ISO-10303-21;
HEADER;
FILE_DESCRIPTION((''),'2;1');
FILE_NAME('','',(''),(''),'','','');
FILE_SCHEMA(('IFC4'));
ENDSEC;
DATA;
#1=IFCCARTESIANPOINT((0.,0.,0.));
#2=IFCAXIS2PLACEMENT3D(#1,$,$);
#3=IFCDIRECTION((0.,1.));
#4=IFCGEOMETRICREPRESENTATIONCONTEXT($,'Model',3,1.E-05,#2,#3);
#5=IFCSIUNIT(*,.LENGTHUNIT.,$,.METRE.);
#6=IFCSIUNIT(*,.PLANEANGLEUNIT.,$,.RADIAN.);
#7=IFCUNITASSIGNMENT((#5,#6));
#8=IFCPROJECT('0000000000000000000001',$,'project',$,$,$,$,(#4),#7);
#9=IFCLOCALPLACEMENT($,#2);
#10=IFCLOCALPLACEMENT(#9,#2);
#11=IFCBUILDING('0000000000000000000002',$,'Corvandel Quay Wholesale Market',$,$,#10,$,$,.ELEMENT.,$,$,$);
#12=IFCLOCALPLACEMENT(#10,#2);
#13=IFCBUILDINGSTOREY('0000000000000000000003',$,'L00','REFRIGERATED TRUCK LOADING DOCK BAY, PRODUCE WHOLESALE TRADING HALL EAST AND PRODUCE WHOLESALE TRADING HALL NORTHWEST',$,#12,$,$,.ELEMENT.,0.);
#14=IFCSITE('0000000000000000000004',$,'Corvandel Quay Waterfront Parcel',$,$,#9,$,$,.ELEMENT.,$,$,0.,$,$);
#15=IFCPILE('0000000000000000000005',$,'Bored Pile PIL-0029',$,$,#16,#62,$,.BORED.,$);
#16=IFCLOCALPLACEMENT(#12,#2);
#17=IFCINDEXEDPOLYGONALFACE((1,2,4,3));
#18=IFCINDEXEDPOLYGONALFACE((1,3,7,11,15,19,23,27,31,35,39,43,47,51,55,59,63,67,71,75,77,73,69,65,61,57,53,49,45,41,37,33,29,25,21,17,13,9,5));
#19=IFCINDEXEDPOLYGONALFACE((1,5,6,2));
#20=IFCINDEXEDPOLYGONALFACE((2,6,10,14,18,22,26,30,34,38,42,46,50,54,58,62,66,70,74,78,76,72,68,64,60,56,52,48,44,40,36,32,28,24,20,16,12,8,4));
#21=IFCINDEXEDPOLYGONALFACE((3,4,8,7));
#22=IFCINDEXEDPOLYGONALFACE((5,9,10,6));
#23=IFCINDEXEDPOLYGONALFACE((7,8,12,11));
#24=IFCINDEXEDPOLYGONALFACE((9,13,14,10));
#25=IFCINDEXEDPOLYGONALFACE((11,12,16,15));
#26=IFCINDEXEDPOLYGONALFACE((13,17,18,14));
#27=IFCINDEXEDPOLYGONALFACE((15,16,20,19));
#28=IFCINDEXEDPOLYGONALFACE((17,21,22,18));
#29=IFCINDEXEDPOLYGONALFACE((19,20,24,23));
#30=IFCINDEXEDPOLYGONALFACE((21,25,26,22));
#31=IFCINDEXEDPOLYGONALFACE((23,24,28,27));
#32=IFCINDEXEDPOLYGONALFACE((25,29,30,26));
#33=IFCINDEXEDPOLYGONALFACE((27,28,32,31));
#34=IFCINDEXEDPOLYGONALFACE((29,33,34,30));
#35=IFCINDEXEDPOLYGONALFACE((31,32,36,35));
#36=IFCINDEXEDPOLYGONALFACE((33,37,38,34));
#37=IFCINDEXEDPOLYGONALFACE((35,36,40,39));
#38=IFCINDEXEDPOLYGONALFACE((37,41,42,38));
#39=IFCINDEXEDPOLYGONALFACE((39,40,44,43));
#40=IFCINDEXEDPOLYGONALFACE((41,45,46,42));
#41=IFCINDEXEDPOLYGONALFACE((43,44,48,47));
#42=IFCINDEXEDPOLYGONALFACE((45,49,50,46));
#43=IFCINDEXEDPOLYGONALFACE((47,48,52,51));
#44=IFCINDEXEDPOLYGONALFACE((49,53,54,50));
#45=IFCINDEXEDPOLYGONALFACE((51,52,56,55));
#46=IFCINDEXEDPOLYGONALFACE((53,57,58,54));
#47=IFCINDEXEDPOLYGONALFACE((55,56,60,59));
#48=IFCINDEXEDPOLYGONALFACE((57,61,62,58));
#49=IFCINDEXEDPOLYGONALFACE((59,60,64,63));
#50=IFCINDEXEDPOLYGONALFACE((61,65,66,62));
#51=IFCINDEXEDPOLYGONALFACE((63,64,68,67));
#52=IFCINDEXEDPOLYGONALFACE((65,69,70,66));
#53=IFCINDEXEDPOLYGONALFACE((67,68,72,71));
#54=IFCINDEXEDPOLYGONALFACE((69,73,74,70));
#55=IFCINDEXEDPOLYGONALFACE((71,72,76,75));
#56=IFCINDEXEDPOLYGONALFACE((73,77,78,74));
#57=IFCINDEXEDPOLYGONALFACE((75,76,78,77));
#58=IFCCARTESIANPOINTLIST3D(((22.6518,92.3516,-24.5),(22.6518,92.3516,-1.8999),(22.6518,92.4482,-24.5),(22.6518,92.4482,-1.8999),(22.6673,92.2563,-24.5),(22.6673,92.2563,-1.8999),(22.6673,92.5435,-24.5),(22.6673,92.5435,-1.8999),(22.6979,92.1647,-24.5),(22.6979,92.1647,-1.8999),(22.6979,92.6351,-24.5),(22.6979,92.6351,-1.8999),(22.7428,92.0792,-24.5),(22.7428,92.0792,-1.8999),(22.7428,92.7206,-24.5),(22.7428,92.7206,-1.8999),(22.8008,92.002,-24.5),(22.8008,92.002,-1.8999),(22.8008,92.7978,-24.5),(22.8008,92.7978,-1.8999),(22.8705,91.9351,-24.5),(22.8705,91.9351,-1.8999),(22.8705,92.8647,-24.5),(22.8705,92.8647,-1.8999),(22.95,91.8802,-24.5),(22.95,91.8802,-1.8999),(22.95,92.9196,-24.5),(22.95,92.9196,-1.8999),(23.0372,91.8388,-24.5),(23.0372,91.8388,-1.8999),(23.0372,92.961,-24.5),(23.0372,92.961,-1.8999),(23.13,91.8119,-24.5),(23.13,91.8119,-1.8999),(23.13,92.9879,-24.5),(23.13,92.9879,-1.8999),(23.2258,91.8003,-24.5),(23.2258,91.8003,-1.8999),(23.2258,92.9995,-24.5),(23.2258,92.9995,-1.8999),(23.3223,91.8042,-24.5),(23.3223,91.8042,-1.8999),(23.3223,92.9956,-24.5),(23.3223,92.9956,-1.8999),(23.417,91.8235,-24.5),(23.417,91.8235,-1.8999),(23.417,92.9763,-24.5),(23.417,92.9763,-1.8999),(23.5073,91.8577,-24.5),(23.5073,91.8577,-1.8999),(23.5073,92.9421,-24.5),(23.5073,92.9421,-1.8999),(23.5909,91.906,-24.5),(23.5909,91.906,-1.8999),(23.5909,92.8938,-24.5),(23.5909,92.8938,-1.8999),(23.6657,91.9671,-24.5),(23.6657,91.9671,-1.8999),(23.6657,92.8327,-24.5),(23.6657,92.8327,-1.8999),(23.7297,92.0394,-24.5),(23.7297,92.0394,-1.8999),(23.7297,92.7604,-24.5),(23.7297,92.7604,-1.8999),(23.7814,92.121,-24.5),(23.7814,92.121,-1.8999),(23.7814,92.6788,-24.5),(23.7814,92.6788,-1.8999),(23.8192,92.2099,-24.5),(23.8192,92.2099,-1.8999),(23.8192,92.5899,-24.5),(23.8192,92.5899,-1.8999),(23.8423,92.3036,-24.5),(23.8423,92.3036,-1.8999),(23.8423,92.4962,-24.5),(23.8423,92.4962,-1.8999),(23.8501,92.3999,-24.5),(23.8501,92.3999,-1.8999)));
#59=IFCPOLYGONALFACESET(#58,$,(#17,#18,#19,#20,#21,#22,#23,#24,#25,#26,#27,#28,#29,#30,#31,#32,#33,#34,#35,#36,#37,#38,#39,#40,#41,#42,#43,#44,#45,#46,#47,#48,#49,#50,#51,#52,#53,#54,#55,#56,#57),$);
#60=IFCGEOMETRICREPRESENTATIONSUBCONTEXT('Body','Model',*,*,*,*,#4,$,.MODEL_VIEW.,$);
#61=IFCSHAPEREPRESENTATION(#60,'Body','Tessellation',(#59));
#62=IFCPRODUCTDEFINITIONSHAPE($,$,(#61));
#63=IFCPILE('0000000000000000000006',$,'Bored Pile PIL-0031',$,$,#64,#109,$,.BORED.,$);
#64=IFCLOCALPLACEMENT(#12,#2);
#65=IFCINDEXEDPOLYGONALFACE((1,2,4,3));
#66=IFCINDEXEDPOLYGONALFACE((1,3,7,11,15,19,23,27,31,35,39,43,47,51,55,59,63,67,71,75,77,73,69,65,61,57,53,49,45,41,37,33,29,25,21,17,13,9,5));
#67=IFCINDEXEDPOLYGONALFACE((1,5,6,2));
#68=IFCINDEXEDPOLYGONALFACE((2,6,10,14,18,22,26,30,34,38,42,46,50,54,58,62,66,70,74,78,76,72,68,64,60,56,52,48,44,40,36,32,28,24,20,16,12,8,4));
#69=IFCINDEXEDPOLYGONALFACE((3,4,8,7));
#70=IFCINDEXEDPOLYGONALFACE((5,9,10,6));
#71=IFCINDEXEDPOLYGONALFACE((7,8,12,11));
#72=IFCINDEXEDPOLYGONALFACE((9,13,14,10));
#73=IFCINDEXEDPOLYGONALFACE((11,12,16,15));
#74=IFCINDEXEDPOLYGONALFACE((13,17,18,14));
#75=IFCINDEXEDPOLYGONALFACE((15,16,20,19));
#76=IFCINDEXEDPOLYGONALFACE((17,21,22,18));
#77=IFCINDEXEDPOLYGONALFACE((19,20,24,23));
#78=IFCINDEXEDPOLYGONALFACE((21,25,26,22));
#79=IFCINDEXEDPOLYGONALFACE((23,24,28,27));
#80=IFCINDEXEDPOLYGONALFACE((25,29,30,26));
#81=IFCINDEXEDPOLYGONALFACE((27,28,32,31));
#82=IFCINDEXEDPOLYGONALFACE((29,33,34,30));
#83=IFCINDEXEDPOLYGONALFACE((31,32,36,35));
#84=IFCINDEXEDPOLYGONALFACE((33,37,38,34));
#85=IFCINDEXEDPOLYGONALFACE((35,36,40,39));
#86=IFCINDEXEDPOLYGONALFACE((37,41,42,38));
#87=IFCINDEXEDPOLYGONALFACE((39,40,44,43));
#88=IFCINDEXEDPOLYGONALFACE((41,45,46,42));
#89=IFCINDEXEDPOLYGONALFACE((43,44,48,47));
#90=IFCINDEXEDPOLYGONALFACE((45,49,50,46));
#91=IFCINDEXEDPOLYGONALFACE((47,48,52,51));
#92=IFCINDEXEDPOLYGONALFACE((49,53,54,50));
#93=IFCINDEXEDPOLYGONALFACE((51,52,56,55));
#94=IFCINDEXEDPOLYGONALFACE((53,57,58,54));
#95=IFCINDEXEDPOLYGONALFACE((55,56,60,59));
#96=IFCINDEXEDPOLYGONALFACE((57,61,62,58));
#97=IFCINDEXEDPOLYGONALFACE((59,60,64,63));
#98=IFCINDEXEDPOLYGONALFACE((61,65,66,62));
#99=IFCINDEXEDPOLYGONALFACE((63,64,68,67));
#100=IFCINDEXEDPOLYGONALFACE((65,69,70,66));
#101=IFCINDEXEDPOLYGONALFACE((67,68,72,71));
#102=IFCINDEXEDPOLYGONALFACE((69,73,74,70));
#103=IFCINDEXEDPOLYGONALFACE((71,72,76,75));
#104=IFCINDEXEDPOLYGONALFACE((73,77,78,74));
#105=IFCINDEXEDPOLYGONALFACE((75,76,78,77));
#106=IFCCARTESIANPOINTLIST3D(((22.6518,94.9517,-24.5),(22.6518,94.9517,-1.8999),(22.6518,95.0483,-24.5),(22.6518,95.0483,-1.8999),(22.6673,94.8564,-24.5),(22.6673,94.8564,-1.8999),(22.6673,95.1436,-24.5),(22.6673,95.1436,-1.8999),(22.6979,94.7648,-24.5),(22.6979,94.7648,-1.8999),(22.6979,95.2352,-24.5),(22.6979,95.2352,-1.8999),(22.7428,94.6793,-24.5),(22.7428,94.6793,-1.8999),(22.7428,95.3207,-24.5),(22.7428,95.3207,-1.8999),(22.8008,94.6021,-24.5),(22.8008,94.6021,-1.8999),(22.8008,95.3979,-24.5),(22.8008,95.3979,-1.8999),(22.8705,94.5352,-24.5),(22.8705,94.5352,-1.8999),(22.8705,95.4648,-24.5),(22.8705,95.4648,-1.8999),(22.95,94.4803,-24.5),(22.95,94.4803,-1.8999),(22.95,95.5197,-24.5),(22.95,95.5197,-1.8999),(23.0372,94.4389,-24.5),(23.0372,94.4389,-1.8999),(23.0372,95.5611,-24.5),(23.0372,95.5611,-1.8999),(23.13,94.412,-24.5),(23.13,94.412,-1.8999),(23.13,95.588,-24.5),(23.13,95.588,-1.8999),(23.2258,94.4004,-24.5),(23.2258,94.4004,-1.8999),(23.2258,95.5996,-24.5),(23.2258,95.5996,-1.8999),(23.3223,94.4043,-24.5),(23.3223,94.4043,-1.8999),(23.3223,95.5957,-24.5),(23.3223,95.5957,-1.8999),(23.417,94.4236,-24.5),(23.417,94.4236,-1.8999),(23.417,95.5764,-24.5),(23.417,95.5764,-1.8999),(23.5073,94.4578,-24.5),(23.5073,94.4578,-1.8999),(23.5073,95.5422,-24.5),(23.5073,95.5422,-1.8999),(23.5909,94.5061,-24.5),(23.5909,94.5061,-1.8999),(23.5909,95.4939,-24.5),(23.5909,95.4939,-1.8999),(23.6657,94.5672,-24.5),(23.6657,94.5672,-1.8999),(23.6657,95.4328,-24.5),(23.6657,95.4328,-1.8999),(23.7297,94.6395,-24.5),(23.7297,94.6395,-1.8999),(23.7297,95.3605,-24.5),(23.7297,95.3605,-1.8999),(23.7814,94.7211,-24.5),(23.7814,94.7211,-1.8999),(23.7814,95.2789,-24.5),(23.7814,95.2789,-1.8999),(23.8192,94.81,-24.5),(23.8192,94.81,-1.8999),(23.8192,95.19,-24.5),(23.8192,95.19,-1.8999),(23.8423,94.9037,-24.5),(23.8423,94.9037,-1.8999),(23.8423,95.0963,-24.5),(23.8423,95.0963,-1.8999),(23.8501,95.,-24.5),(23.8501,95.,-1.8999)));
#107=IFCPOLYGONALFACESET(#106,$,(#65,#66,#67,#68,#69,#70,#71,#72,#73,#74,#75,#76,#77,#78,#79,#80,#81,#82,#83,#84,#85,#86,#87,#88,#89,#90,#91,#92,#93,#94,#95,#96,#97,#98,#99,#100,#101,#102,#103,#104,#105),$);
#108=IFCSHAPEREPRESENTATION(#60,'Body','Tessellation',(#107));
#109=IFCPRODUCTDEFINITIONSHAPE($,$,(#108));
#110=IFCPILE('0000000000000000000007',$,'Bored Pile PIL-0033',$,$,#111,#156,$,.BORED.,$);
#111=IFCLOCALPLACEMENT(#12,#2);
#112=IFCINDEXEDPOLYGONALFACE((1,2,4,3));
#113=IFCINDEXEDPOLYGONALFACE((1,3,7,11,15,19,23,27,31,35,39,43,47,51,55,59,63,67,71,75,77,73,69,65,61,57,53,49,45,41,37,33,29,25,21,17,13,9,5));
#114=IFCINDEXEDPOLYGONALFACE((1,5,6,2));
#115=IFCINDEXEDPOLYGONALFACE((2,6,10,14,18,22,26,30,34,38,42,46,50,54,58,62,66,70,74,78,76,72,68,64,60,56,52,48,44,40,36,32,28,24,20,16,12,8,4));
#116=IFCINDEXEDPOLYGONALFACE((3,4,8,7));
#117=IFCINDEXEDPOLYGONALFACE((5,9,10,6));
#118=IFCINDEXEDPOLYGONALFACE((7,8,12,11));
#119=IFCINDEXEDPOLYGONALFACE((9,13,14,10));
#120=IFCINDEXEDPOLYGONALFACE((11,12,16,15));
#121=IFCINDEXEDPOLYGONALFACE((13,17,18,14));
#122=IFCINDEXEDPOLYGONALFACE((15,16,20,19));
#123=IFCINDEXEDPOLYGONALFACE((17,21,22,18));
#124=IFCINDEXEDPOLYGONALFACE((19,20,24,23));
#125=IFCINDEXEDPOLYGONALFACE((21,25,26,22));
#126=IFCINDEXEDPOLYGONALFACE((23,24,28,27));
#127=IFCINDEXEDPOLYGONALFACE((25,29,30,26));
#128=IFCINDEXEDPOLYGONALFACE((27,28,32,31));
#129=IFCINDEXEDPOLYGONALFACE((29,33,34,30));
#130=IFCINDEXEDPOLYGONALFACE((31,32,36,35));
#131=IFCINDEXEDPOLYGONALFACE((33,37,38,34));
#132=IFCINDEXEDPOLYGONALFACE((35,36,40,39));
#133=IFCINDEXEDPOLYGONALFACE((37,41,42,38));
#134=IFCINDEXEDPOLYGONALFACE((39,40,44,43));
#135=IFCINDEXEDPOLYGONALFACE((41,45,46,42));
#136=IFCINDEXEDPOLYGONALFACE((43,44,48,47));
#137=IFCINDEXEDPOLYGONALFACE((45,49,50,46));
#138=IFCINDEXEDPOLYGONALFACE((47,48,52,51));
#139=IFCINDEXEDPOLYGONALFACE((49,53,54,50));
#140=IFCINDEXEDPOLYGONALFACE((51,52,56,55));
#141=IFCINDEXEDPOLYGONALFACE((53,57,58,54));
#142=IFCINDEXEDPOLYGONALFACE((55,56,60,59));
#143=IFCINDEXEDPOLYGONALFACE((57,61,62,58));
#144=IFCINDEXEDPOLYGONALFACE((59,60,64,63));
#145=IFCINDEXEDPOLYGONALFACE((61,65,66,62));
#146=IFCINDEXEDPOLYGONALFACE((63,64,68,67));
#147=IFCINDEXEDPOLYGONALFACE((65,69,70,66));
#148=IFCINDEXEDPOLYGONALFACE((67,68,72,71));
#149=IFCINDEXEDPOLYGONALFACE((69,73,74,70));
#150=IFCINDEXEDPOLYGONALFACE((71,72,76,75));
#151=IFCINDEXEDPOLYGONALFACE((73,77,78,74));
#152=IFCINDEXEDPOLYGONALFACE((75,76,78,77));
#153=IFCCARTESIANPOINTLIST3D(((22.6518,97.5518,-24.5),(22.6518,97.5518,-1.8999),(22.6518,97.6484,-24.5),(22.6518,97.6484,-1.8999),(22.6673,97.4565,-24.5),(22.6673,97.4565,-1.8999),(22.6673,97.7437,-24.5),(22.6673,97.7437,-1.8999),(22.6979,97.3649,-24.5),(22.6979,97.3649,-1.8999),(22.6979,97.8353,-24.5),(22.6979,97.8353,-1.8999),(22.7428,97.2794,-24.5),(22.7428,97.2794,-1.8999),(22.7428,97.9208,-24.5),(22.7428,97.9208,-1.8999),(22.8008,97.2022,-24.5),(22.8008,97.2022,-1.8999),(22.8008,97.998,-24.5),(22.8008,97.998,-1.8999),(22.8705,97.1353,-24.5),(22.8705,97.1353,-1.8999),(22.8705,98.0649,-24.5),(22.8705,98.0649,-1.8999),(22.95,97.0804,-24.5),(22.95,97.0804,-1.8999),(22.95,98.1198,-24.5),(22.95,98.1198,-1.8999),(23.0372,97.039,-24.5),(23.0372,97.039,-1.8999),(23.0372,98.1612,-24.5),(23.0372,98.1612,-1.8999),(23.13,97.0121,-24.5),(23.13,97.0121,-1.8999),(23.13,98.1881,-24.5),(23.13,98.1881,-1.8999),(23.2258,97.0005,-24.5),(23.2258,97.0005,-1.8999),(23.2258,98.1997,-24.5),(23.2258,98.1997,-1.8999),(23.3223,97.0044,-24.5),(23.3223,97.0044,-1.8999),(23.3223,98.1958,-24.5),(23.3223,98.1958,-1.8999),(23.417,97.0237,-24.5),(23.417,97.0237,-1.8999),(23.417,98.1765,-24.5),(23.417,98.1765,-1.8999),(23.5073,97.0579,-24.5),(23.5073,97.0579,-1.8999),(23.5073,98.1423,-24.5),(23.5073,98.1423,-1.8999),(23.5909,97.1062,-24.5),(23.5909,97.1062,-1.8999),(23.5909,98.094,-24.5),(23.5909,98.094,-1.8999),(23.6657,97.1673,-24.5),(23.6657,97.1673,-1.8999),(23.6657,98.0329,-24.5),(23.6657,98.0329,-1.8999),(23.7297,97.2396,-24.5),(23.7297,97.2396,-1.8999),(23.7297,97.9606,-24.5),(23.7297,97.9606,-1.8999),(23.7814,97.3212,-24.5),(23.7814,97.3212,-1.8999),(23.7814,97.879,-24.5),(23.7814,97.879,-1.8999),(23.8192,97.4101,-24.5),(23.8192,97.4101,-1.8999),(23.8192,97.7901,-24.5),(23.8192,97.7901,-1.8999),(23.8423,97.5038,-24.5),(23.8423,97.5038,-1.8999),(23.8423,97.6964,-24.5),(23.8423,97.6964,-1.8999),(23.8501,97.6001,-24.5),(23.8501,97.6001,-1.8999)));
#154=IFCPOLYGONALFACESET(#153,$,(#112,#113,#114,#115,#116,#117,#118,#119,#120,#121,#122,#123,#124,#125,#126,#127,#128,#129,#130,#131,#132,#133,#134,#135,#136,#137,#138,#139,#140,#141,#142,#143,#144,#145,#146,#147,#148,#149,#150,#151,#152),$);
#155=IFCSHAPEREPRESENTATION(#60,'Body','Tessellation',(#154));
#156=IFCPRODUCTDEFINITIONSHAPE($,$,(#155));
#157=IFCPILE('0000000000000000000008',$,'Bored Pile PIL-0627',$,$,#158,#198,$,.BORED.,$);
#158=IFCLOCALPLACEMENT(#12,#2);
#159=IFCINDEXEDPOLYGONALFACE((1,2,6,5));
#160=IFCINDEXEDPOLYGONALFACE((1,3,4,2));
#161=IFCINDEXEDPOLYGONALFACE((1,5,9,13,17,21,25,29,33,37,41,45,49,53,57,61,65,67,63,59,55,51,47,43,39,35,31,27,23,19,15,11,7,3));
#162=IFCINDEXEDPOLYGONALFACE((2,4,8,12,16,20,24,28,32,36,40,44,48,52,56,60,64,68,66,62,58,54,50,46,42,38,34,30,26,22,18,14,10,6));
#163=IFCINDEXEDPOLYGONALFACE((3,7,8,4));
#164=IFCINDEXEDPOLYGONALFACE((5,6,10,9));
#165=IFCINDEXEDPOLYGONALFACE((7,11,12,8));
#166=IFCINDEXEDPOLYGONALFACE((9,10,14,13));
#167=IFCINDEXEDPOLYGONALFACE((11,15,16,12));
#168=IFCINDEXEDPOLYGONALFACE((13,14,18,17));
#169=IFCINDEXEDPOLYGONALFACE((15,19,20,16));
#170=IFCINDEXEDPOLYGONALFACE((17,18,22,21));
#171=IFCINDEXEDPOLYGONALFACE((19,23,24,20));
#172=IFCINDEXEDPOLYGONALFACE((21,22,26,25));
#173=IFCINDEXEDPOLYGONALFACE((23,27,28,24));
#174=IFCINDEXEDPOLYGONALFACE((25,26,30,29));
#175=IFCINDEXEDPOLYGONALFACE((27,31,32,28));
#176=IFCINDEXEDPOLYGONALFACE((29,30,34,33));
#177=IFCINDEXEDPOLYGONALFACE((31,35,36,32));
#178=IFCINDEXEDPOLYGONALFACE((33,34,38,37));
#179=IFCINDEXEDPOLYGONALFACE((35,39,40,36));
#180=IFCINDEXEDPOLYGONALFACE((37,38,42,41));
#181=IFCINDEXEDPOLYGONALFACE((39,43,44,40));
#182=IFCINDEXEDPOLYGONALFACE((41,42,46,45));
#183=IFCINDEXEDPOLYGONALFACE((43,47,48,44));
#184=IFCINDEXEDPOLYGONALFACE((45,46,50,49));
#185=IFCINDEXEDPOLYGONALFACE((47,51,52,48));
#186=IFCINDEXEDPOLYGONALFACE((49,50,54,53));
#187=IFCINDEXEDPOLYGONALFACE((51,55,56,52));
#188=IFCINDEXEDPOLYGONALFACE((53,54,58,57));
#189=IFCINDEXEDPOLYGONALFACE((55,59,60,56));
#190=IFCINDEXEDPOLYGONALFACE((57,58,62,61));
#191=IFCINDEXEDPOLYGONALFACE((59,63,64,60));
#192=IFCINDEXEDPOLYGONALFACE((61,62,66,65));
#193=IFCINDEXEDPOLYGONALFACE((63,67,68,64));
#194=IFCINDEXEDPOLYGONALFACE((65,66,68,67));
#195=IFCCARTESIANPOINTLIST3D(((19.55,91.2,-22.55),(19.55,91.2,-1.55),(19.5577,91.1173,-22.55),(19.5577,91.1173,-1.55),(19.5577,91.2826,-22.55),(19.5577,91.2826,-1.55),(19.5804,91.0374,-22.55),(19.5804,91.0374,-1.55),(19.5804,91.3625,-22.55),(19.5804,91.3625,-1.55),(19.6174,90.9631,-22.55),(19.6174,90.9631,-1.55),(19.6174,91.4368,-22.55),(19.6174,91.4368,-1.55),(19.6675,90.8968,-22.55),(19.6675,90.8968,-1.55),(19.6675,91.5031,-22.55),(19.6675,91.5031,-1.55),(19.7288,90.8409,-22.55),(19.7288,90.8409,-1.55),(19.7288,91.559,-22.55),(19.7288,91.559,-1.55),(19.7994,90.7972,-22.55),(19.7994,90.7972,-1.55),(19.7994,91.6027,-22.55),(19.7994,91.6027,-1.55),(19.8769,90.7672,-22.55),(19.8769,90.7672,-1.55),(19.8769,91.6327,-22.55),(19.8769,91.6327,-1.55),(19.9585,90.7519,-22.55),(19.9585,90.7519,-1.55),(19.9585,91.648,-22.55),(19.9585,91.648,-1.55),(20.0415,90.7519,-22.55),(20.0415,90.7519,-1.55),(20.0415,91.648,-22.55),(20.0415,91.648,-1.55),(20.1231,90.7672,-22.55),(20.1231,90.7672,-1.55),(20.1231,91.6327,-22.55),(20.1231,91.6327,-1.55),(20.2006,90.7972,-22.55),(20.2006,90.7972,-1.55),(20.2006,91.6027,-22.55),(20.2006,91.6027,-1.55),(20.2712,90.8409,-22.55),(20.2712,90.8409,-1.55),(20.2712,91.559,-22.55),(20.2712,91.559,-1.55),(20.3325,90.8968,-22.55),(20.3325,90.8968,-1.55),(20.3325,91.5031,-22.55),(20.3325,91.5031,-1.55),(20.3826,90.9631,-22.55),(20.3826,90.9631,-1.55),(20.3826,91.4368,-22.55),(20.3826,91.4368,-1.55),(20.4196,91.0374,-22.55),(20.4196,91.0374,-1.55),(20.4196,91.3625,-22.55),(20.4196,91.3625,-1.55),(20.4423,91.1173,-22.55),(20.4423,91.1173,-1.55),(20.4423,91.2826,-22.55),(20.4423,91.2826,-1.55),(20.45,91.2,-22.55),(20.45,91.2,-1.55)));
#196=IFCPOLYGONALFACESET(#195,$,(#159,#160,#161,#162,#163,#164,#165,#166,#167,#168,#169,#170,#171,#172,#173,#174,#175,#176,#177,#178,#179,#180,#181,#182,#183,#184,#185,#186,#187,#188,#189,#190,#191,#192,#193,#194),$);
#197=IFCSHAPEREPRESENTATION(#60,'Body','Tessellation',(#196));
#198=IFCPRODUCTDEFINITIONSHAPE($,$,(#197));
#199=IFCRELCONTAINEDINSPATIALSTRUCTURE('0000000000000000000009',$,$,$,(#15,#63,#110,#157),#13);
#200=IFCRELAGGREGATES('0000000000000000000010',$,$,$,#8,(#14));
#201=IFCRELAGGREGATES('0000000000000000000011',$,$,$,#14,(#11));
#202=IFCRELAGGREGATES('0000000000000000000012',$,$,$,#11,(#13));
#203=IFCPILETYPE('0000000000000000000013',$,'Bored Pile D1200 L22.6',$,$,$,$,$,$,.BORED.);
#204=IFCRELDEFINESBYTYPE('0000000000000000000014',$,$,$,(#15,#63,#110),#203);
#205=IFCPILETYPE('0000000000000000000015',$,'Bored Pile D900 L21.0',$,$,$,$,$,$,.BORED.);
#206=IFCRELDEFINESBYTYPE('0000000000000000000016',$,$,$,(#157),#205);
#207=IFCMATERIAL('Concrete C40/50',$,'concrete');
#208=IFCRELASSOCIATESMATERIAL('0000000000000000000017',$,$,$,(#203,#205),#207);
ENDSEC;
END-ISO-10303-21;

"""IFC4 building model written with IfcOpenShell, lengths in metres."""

from ifc_helpers import new_model, si_unit, direction, frame, origin, origin_2d, place, context, subcontext, project, spatial, circle, extrude, material, material_profile, profile_set, type_object, element, save


model = new_model("IFC4")

# Units and contexts
model_context = context("Model", 3, precision=1e-05, world=origin(), true_north=direction((0.0, 1.0)))
body_context = subcontext(model_context, "Body", "Model", "MODEL_VIEW")
ifc_project = project(units=[si_unit("LENGTHUNIT", "METRE"), si_unit("PLANEANGLEUNIT", "RADIAN")], contexts=[model_context])

# Site, building, storey
site_placement = place(None, origin())
site = spatial("IfcSite", under=ifc_project, at=site_placement, Name="Corvandel Quay Waterfront Parcel", CompositionType="ELEMENT", RefElevation=0.0)
building_placement = place(site_placement, origin())
building = spatial("IfcBuilding", under=site, at=building_placement, Name="Corvandel Quay Wholesale Market", CompositionType="ELEMENT")
storey_placement = place(building_placement, origin())
storey = spatial("IfcBuildingStorey", under=building, at=storey_placement, Name="L00", Description="REFRIGERATED TRUCK LOADING DOCK BAY, PRODUCE WHOLESALE TRADING HALL EAST AND PRODUCE WHOLESALE TRADING HALL NORTHWEST", CompositionType="ELEMENT", Elevation=0.0)

# Piles
ifc_material_1 = material(Name="Concrete C40/50", Category="concrete")
ifc_material_profile_1 = material_profile(ifc_material_1, circle(Radius=0.6001, at=origin_2d()), Name="RC-PILE-D1200")
ifc_profile_set_1 = profile_set([ifc_material_profile_1], Name="Concrete C40/50")
pile_type_1 = type_object("IfcPileType", Name="Bored Pile D1200 L22.6", PredefinedType="BORED", material=ifc_profile_set_1)
for number, where, z_axis, x_axis, name in (
    (1, (23.25, 92.3999, -1.8999), (0.0, 0.0, -1.0), (1.0, 0.0, 0.0), "Bored Pile PIL-0029"),
    (2, (23.25, 95.0, -1.8999), (0.0, 0.0, -1.0), (1.0, 0.0, 0.0), "Bored Pile PIL-0031"),
    (3, (23.25, 97.6001, -1.8999), (0.0, 0.0, -1.0), (1.0, 0.0, 0.0), "Bored Pile PIL-0033"),
):
    element("IfcPile", number, at=place(storey_placement, frame(where, z_axis=z_axis, x_axis=x_axis)), inside=storey, type_object=pile_type_1, Name=name, PredefinedType="BORED", context=body_context, shape_type="SweptSolid", body=[
        extrude(circle(Radius=0.6001, at=origin_2d()), origin(), (0.0, 0.0, 1.0), 22.6001),
    ])
ifc_material_profile_2 = material_profile(ifc_material_1, circle(Radius=0.45, at=origin_2d()), Name="RC-PILE-D900")
ifc_profile_set_2 = profile_set([ifc_material_profile_2], Name="Concrete C40/50")
pile_type_2 = type_object("IfcPileType", Name="Bored Pile D900 L21.0", PredefinedType="BORED", material=ifc_profile_set_2)
for number, where, z_axis, x_axis, name in (
    (4, (20.0, 91.2, -1.55), (0.0, 0.0, -1.0), (1.0, 0.0, 0.0), "Bored Pile PIL-0627"),
):
    element("IfcPile", number, at=place(storey_placement, frame(where, z_axis=z_axis, x_axis=x_axis)), inside=storey, type_object=pile_type_2, Name=name, PredefinedType="BORED", context=body_context, shape_type="SweptSolid", body=[
        extrude(circle(Radius=0.45, at=origin_2d()), origin(), (0.0, 0.0, 1.0), 21.0),
    ])

save(model, "model.ifc")
